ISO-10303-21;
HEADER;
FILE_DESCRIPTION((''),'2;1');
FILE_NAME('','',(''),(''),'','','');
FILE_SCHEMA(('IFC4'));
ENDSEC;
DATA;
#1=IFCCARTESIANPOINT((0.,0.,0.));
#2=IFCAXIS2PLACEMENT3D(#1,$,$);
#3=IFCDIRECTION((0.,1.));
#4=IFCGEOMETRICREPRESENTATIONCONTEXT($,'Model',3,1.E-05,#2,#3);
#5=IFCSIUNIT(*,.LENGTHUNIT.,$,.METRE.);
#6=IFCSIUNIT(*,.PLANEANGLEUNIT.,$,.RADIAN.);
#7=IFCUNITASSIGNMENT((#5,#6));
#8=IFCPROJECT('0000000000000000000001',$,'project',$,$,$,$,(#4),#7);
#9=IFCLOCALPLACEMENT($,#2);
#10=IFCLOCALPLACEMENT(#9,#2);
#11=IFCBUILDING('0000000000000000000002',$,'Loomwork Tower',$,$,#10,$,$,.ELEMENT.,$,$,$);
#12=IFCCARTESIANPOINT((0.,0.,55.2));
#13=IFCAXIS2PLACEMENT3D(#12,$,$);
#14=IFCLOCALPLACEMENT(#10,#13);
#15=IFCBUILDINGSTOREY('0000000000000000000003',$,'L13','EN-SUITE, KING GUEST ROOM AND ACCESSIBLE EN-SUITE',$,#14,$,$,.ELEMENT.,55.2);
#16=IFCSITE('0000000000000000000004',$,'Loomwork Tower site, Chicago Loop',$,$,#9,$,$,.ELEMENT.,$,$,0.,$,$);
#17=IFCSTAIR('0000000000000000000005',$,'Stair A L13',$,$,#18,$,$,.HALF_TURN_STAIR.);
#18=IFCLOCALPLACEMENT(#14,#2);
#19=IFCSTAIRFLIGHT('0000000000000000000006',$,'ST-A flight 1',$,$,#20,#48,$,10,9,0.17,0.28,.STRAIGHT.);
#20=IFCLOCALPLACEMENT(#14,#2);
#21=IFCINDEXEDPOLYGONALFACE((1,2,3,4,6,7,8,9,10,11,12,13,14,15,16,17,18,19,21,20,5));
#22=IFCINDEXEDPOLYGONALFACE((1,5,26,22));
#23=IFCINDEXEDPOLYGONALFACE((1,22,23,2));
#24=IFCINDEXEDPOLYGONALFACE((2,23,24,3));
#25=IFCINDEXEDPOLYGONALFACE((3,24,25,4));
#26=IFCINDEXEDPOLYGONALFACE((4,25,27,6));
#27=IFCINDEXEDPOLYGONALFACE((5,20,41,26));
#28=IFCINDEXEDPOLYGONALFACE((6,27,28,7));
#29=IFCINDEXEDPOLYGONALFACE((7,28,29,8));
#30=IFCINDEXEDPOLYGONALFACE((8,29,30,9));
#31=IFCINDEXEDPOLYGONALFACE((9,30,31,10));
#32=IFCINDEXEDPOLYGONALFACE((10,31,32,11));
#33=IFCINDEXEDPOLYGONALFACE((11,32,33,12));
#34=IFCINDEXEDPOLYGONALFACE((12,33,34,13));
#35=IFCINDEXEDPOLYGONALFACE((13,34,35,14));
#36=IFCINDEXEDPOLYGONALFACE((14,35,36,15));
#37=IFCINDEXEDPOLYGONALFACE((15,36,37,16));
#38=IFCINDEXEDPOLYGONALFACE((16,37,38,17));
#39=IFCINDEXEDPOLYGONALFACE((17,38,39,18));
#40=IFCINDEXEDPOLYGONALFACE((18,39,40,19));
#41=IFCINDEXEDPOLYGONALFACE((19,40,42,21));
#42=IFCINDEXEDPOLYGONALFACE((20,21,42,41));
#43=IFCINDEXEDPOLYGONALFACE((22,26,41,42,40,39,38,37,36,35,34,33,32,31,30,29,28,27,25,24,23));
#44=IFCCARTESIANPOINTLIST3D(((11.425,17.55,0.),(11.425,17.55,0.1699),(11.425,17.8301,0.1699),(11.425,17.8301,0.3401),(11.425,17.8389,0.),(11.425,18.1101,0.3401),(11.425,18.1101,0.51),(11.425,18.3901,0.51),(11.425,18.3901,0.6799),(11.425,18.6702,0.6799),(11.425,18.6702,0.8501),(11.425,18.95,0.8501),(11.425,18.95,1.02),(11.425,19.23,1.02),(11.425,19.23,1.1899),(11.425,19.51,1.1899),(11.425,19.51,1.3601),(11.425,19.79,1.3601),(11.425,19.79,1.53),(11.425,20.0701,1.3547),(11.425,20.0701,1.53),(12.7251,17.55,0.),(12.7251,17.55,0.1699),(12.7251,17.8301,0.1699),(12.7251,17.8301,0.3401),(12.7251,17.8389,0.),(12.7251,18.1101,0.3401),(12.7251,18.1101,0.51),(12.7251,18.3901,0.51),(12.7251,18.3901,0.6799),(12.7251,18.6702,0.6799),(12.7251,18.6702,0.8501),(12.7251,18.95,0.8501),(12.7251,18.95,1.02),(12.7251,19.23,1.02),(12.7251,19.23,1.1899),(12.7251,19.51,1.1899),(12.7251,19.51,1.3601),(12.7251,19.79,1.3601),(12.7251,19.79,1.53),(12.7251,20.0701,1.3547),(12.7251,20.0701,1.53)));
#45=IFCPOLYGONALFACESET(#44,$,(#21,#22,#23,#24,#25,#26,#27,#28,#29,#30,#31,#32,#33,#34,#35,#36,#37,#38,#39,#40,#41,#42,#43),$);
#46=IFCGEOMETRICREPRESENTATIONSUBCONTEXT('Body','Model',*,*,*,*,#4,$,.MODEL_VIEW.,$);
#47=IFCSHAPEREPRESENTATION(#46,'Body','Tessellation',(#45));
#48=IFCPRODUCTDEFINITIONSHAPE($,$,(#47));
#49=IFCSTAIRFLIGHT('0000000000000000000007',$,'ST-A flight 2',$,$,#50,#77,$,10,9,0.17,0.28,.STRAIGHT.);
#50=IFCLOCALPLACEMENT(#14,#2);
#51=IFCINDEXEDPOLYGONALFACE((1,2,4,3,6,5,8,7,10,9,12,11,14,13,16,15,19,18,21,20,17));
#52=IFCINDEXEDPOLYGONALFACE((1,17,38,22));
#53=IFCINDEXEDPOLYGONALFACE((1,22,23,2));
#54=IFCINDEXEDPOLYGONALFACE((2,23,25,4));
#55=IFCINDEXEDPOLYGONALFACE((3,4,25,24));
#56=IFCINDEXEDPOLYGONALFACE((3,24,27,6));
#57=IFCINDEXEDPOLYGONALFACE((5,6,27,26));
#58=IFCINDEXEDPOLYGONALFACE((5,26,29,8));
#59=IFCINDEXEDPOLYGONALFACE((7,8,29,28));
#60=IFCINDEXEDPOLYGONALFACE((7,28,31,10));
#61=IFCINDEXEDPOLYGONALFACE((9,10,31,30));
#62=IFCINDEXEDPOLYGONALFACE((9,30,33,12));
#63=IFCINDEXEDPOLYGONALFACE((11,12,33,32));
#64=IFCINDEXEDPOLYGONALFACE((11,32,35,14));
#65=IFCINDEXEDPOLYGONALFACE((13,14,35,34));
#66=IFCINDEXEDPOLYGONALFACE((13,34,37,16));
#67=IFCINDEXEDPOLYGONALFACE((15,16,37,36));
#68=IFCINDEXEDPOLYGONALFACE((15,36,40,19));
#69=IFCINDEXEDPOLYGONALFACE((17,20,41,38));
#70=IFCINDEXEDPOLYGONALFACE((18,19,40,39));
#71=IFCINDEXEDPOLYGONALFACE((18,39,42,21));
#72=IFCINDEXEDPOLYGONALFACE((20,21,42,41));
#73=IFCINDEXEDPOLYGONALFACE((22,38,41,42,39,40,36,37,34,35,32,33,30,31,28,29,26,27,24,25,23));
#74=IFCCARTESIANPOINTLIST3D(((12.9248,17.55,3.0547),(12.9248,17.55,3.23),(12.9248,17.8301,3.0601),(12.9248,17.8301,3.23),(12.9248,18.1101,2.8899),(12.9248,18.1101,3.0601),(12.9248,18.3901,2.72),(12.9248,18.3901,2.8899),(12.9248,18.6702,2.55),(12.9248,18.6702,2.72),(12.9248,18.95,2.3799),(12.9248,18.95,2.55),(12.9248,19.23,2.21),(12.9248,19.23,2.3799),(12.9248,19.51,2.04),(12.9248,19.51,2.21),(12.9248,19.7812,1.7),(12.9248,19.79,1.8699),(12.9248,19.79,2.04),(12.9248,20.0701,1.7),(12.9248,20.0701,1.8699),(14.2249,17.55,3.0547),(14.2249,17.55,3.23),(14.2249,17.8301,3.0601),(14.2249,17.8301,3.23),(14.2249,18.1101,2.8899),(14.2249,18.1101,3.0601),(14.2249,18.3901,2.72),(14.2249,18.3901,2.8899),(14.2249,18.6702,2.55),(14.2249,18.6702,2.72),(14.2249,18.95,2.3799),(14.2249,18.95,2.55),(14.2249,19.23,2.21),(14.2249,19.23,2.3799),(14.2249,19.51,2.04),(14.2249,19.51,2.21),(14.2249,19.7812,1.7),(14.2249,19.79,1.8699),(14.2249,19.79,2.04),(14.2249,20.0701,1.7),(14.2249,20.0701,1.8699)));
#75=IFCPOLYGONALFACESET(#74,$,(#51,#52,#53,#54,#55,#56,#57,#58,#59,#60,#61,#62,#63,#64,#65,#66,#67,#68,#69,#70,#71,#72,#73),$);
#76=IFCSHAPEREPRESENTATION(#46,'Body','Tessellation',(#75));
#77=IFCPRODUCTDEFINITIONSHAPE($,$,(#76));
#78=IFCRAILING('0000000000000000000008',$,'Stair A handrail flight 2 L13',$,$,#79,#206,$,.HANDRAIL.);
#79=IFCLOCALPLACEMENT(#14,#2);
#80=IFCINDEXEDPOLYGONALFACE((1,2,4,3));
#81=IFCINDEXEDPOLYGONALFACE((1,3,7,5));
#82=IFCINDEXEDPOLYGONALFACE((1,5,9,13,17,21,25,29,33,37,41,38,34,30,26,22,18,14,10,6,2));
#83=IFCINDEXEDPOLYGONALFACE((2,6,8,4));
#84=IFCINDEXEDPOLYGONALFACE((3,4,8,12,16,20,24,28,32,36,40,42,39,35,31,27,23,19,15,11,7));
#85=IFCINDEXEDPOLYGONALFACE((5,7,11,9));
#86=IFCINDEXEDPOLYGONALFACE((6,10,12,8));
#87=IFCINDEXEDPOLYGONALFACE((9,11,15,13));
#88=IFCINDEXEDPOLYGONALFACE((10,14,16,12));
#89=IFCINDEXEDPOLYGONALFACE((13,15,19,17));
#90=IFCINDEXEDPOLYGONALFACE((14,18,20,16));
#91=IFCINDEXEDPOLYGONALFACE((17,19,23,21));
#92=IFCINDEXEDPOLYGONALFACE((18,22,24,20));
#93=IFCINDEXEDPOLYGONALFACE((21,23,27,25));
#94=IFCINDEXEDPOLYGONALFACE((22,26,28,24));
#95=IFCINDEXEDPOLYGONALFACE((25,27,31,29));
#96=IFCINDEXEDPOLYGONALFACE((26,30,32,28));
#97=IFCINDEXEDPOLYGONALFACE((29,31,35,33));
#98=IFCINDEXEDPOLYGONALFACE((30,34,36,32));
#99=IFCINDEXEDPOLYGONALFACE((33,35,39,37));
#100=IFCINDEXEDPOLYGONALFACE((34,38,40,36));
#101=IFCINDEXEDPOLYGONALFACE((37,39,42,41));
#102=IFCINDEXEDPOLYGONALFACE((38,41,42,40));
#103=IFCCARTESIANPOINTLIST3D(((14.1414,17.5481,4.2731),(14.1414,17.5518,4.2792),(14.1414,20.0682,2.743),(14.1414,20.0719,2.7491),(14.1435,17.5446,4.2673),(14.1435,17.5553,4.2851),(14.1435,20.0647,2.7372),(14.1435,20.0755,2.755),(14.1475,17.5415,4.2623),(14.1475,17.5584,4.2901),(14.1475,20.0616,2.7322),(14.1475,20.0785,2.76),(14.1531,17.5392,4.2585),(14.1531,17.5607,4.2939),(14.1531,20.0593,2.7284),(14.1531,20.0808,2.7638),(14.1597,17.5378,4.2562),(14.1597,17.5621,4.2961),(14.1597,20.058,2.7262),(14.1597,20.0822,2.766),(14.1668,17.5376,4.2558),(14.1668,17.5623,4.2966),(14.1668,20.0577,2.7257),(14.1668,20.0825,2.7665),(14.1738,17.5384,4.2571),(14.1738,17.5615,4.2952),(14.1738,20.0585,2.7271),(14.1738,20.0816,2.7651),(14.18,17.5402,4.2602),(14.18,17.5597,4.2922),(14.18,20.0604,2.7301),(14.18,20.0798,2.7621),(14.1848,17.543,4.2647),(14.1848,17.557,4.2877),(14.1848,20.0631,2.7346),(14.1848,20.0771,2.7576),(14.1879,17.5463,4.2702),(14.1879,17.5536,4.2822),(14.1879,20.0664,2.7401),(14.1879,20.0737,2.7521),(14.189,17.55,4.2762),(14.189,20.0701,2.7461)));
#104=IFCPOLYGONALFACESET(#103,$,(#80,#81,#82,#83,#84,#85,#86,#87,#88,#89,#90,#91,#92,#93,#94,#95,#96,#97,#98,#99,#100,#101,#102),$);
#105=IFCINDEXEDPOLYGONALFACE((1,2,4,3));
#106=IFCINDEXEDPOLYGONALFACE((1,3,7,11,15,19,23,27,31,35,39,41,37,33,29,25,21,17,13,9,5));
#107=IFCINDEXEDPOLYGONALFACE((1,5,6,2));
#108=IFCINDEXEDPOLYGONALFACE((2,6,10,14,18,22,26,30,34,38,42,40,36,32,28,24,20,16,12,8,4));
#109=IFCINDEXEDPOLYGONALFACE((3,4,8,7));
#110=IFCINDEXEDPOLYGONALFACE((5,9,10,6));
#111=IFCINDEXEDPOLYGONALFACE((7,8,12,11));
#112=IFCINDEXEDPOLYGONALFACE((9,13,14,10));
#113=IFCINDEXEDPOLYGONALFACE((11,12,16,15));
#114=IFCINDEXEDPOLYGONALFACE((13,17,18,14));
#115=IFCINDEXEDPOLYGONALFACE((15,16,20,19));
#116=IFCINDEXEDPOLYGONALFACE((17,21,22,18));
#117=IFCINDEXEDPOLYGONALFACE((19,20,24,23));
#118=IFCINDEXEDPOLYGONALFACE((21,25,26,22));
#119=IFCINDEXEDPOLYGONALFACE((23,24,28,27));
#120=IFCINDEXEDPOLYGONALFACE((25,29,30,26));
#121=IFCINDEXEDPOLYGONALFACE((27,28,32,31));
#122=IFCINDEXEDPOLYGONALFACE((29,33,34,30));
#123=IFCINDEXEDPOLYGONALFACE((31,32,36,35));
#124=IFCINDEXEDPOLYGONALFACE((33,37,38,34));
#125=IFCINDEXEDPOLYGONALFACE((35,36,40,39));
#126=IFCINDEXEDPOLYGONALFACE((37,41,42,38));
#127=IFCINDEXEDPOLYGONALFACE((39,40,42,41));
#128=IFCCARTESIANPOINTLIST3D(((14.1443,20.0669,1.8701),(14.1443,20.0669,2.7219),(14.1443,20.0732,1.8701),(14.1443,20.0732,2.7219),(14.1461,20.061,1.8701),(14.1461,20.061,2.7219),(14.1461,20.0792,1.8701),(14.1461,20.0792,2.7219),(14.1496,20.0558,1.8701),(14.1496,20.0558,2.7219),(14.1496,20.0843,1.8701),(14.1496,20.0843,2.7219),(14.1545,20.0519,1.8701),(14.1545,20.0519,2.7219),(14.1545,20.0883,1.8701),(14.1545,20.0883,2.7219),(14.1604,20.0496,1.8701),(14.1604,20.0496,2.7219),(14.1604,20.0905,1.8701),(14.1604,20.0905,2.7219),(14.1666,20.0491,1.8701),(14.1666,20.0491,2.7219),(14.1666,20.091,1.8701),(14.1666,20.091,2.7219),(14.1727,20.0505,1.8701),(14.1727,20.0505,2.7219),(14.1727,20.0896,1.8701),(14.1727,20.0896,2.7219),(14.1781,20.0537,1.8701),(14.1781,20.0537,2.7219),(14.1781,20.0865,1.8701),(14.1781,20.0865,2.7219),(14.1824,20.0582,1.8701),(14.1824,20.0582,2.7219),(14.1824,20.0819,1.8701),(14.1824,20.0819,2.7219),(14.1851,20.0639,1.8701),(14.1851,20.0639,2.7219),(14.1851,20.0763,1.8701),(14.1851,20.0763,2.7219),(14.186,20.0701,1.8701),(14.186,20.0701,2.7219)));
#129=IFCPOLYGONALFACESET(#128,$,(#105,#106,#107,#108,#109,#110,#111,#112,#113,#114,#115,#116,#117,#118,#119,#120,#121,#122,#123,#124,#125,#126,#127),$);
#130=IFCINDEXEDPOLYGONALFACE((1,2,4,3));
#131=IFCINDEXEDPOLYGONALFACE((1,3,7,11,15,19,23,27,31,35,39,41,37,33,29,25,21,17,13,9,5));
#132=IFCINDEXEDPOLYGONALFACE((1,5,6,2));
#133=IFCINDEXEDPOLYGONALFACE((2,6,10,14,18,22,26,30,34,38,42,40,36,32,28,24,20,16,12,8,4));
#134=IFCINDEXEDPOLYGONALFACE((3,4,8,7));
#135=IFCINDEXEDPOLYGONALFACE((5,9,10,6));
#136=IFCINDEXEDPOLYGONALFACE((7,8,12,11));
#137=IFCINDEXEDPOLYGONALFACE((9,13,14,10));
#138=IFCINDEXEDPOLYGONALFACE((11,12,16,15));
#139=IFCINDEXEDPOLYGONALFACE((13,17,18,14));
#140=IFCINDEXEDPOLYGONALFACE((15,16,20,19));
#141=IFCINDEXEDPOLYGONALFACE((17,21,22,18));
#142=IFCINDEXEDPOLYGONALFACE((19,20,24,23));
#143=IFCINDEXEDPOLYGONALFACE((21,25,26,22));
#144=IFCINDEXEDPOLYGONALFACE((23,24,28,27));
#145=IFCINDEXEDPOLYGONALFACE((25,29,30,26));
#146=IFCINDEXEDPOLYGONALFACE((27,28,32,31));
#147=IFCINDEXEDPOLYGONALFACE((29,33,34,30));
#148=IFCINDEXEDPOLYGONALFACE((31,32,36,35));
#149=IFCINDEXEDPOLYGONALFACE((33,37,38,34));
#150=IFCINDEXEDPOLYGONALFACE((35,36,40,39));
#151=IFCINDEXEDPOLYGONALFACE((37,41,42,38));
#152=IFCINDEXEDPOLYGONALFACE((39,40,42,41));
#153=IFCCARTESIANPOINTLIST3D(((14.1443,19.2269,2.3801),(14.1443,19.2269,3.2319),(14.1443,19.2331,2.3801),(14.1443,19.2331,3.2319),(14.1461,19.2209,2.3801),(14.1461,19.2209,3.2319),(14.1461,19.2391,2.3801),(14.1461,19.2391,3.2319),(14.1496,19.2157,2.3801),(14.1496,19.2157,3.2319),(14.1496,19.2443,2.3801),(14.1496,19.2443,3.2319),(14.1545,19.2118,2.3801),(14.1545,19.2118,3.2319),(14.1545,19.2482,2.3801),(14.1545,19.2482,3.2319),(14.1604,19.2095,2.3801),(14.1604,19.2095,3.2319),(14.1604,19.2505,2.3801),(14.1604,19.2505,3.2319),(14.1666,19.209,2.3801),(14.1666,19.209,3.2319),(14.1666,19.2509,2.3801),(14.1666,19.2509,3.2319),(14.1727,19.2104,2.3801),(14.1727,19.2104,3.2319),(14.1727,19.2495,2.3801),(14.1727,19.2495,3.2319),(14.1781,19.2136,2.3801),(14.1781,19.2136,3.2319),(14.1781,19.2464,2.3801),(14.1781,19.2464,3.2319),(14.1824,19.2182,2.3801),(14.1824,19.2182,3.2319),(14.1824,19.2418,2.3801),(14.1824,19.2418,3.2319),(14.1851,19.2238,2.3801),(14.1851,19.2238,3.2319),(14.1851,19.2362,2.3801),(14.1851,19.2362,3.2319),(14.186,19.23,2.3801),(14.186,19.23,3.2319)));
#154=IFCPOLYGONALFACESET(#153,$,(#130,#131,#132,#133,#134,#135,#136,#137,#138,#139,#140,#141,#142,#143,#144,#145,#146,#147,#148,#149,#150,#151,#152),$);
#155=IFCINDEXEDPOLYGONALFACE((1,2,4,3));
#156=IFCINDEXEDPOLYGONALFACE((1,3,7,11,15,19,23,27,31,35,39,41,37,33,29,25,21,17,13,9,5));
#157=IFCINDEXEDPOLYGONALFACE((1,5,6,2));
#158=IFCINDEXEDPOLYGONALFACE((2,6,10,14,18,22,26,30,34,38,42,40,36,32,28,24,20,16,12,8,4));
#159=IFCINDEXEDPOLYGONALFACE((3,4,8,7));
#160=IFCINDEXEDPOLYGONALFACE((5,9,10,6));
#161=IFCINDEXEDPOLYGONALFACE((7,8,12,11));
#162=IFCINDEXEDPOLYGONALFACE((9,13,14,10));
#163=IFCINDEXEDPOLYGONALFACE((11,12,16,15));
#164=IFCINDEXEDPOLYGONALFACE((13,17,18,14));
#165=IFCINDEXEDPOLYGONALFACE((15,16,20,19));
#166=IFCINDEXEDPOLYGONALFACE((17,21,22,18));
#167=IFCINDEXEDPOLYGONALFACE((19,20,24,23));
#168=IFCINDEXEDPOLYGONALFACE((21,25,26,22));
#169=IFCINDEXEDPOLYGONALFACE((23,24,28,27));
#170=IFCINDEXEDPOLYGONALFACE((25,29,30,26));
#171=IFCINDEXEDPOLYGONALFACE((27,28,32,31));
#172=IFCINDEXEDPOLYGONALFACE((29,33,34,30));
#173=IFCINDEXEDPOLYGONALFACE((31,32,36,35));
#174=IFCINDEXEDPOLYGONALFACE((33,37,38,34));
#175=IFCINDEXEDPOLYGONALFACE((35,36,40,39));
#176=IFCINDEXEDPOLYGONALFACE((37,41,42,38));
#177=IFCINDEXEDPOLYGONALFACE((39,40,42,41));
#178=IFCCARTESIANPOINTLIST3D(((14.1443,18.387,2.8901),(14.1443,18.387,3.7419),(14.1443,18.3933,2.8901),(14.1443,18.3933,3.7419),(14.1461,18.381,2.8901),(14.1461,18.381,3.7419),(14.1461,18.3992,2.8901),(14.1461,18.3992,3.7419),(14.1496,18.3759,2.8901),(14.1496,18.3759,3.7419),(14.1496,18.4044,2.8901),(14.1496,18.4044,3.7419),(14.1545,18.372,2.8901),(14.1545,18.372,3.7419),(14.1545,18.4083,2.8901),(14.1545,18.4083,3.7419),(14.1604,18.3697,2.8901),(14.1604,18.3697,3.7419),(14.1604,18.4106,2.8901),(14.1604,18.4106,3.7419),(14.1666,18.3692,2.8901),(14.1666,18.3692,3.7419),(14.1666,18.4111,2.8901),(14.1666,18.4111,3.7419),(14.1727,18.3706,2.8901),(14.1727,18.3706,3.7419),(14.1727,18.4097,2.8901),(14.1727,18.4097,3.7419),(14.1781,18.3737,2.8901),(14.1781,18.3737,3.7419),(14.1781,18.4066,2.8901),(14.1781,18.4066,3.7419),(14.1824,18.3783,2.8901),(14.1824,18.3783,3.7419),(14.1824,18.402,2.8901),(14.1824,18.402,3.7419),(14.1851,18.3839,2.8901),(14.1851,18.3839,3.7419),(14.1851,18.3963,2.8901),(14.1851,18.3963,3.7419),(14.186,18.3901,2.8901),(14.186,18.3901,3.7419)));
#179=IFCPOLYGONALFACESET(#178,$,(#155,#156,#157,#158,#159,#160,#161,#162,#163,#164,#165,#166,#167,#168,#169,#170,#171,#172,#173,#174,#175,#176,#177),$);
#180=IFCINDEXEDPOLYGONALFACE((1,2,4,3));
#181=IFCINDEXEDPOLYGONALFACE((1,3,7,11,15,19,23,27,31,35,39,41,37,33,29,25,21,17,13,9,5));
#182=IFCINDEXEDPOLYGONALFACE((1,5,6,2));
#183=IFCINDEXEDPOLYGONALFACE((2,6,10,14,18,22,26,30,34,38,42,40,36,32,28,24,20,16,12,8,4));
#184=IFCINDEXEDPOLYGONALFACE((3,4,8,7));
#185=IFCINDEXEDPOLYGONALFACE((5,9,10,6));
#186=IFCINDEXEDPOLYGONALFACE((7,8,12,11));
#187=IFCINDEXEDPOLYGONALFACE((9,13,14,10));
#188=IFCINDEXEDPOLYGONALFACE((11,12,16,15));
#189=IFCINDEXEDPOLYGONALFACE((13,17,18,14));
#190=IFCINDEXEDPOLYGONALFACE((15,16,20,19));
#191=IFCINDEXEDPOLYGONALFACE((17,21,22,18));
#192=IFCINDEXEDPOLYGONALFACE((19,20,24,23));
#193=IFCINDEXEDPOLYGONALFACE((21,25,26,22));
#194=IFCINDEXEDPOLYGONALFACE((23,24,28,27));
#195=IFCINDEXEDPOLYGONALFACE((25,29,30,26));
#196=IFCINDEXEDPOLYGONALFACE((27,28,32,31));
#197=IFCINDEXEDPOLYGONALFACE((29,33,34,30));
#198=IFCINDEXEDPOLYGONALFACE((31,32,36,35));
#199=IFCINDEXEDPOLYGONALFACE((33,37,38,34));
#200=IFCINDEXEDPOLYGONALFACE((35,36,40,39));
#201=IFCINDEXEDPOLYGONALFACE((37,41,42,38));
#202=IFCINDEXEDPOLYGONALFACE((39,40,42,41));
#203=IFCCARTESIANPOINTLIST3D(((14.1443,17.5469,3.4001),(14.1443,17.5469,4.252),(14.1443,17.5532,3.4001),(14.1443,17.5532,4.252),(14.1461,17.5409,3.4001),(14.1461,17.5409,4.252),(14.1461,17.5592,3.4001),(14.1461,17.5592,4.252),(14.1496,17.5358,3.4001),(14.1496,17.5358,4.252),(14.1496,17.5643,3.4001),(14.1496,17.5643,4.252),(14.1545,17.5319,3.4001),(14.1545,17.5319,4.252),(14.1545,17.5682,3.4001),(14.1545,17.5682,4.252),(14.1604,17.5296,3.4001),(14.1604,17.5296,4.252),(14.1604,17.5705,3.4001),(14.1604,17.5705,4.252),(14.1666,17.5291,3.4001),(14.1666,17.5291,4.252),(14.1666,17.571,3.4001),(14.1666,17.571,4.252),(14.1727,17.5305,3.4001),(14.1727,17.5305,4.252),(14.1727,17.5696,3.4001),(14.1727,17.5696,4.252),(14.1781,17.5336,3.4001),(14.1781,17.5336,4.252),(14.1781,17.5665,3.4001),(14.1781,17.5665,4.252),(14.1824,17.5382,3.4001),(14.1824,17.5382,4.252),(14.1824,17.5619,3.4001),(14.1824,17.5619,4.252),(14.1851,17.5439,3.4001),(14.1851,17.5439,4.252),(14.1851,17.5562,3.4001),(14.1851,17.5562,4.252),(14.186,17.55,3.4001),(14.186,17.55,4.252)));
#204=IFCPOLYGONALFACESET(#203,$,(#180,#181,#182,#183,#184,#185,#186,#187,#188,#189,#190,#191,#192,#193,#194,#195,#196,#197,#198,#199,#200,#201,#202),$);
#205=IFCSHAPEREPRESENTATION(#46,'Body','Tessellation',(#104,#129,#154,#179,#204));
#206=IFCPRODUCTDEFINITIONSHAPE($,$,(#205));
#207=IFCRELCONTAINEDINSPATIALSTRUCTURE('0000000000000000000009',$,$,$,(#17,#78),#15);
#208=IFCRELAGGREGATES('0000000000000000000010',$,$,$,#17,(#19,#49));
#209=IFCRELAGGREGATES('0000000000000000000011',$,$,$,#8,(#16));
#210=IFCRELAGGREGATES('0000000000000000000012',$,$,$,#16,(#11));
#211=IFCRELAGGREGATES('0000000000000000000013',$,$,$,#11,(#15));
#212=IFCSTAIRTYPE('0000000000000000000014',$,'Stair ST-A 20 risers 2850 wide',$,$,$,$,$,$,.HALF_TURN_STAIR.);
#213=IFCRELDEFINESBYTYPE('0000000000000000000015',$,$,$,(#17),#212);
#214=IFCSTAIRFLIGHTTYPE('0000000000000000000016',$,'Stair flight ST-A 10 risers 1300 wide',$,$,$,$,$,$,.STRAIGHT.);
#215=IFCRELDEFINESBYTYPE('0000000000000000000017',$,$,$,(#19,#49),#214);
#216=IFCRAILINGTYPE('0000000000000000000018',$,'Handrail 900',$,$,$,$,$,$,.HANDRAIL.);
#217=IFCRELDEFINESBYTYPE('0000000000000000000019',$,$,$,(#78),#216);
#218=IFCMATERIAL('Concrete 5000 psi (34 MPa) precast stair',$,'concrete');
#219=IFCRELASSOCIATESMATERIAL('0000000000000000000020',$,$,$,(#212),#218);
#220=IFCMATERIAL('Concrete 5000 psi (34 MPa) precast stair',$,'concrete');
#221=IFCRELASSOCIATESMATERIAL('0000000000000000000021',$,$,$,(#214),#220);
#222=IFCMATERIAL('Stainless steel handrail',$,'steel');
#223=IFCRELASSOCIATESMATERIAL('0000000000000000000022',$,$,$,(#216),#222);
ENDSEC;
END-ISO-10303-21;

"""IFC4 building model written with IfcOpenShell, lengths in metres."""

from ifc_helpers import new_model, si_unit, direction, frame, origin, origin_2d, place, context, subcontext, project, spatial, polyline, circle, outline, extrude, material, type_object, element, aggregate, save


model = new_model("IFC4")

# Units and contexts
model_context = context("Model", 3, precision=1e-05, world=origin(), true_north=direction((0.0, 1.0)))
body_context = subcontext(model_context, "Body", "Model", "MODEL_VIEW")
ifc_project = project(units=[si_unit("LENGTHUNIT", "METRE"), si_unit("PLANEANGLEUNIT", "RADIAN")], contexts=[model_context])

# Site, building, storey
site_placement = place(None, origin())
site = spatial("IfcSite", under=ifc_project, at=site_placement, Name="Loomwork Tower site, Chicago Loop", CompositionType="ELEMENT", RefElevation=0.0)
building_placement = place(site_placement, origin())
building = spatial("IfcBuilding", under=site, at=building_placement, Name="Loomwork Tower", CompositionType="ELEMENT")
storey_placement = place(building_placement, frame((0.0, 0.0, 55.2)))
storey = spatial("IfcBuildingStorey", under=building, at=storey_placement, Name="L13", Description="EN-SUITE, KING GUEST ROOM AND ACCESSIBLE EN-SUITE", CompositionType="ELEMENT", Elevation=55.2)

# Stair, stair flights
ifc_material_1 = material(Name="Concrete 5000 psi (34 MPa) precast stair", Category="concrete")
stair_type = type_object("IfcStairType", Name="Stair ST-A 20 risers 2850 wide", PredefinedType="HALF_TURN_STAIR", material=ifc_material_1)
stair_placement = place(storey_placement, origin())
stair = element("IfcStair", 1, at=stair_placement, inside=storey, type_object=stair_type, Name="Stair A L13", PredefinedType="HALF_TURN_STAIR")
ifc_material_2 = material(Name="Concrete 5000 psi (34 MPa) precast stair", Category="concrete")
stair_flight_type = type_object("IfcStairFlightType", Name="Stair flight ST-A 10 risers 1300 wide", PredefinedType="STRAIGHT", material=ifc_material_2)
stair_flight_1_placement = place(storey_placement, frame((12.075, 17.55, 0.0), z_axis=(0.0, 0.0, 1.0), x_axis=(0.0, 1.0, 0.0)))
stair_flight_1 = element("IfcStairFlight", 2, at=stair_flight_1_placement, type_object=stair_flight_type, Name="ST-A flight 1", NumberOfRisers=10, NumberOfTreads=9, PredefinedType="STRAIGHT", RiserHeight=0.17, TreadLength=0.28, context=body_context, shape_type="SweptSolid", body=[
    extrude(outline(polyline([(0.0, 0.0), (0.0, 0.1699), (0.28, 0.1699), (0.28, 0.3401), (0.5601, 0.3401), (0.5601, 0.51), (0.8401, 0.51), (0.8401, 0.6799), (1.1201, 0.6799), (1.1201, 0.8501), (1.3999, 0.8501), (1.3999, 1.02), (1.6799, 1.02), (1.6799, 1.1899), (1.96, 1.1899), (1.96, 1.3601), (2.24, 1.3601), (2.24, 1.53), (2.52, 1.53), (2.52, 1.7), (2.52, 1.3547), (0.2888, 0.0), (0.0, 0.0)])), frame((0.0, 0.6499, 0.0), z_axis=(0.0, -1.0, 0.0), x_axis=(1.0, 0.0, 0.0)), (0.0, 0.0, 1.0), 1.3),
])
stair_flight_2_placement = place(storey_placement, frame((13.575, 20.0701, 1.7), z_axis=(0.0, 0.0, 1.0), x_axis=(0.0, -1.0, 0.0)))
stair_flight_2 = element("IfcStairFlight", 3, at=stair_flight_2_placement, type_object=stair_flight_type, Name="ST-A flight 2", NumberOfRisers=10, NumberOfTreads=9, PredefinedType="STRAIGHT", RiserHeight=0.17, TreadLength=0.28, context=body_context, shape_type="SweptSolid", body=[
    extrude(outline(polyline([(0.0, 0.0), (0.0, 0.1699), (0.28, 0.1699), (0.28, 0.3401), (0.5601, 0.3401), (0.5601, 0.51), (0.8401, 0.51), (0.8401, 0.6799), (1.1201, 0.6799), (1.1201, 0.8501), (1.3999, 0.8501), (1.3999, 1.02), (1.6799, 1.02), (1.6799, 1.1899), (1.96, 1.1899), (1.96, 1.3601), (2.24, 1.3601), (2.24, 1.53), (2.52, 1.53), (2.52, 1.7), (2.52, 1.3547), (0.2888, 0.0), (0.0, 0.0)])), frame((0.0, 0.6499, 0.0), z_axis=(0.0, -1.0, 0.0), x_axis=(1.0, 0.0, 0.0)), (0.0, 0.0, 1.0), 1.3),
])
aggregate(stair, [stair_flight_1, stair_flight_2])

# Railing
ifc_material_3 = material(Name="Stainless steel handrail", Category="steel")
railing_type = type_object("IfcRailingType", Name="Handrail 900", PredefinedType="HANDRAIL", material=ifc_material_3)
railing_placement = place(storey_placement, frame((14.165, 20.0701, 1.8701)))
element("IfcRailing", 4, at=railing_placement, inside=storey, type_object=railing_type, Name="Stair A handrail flight 2 L13", PredefinedType="HANDRAIL", context=body_context, shape_type="SweptSolid", body=[
    extrude(circle(Radius=0.0239, at=origin_2d()), frame((0.0, 0.0, 0.876), z_axis=(0.0, -0.854785, 0.518982), x_axis=(1.0, 0.0, 0.0)), (0.0, 0.0, 1.0), 2.9482),
    extrude(circle(Radius=0.021, at=origin_2d()), origin(), (0.0, 0.0, 1.0), 0.8518),
    extrude(circle(Radius=0.021, at=origin_2d()), frame((0.0, -0.8401, 0.51)), (0.0, 0.0, 1.0), 0.8518),
    extrude(circle(Radius=0.021, at=origin_2d()), frame((0.0, -1.6799, 1.02)), (0.0, 0.0, 1.0), 0.8518),
    extrude(circle(Radius=0.021, at=origin_2d()), frame((0.0, -2.52, 1.53)), (0.0, 0.0, 1.0), 0.8518),
])

save(model, "model.ifc")
